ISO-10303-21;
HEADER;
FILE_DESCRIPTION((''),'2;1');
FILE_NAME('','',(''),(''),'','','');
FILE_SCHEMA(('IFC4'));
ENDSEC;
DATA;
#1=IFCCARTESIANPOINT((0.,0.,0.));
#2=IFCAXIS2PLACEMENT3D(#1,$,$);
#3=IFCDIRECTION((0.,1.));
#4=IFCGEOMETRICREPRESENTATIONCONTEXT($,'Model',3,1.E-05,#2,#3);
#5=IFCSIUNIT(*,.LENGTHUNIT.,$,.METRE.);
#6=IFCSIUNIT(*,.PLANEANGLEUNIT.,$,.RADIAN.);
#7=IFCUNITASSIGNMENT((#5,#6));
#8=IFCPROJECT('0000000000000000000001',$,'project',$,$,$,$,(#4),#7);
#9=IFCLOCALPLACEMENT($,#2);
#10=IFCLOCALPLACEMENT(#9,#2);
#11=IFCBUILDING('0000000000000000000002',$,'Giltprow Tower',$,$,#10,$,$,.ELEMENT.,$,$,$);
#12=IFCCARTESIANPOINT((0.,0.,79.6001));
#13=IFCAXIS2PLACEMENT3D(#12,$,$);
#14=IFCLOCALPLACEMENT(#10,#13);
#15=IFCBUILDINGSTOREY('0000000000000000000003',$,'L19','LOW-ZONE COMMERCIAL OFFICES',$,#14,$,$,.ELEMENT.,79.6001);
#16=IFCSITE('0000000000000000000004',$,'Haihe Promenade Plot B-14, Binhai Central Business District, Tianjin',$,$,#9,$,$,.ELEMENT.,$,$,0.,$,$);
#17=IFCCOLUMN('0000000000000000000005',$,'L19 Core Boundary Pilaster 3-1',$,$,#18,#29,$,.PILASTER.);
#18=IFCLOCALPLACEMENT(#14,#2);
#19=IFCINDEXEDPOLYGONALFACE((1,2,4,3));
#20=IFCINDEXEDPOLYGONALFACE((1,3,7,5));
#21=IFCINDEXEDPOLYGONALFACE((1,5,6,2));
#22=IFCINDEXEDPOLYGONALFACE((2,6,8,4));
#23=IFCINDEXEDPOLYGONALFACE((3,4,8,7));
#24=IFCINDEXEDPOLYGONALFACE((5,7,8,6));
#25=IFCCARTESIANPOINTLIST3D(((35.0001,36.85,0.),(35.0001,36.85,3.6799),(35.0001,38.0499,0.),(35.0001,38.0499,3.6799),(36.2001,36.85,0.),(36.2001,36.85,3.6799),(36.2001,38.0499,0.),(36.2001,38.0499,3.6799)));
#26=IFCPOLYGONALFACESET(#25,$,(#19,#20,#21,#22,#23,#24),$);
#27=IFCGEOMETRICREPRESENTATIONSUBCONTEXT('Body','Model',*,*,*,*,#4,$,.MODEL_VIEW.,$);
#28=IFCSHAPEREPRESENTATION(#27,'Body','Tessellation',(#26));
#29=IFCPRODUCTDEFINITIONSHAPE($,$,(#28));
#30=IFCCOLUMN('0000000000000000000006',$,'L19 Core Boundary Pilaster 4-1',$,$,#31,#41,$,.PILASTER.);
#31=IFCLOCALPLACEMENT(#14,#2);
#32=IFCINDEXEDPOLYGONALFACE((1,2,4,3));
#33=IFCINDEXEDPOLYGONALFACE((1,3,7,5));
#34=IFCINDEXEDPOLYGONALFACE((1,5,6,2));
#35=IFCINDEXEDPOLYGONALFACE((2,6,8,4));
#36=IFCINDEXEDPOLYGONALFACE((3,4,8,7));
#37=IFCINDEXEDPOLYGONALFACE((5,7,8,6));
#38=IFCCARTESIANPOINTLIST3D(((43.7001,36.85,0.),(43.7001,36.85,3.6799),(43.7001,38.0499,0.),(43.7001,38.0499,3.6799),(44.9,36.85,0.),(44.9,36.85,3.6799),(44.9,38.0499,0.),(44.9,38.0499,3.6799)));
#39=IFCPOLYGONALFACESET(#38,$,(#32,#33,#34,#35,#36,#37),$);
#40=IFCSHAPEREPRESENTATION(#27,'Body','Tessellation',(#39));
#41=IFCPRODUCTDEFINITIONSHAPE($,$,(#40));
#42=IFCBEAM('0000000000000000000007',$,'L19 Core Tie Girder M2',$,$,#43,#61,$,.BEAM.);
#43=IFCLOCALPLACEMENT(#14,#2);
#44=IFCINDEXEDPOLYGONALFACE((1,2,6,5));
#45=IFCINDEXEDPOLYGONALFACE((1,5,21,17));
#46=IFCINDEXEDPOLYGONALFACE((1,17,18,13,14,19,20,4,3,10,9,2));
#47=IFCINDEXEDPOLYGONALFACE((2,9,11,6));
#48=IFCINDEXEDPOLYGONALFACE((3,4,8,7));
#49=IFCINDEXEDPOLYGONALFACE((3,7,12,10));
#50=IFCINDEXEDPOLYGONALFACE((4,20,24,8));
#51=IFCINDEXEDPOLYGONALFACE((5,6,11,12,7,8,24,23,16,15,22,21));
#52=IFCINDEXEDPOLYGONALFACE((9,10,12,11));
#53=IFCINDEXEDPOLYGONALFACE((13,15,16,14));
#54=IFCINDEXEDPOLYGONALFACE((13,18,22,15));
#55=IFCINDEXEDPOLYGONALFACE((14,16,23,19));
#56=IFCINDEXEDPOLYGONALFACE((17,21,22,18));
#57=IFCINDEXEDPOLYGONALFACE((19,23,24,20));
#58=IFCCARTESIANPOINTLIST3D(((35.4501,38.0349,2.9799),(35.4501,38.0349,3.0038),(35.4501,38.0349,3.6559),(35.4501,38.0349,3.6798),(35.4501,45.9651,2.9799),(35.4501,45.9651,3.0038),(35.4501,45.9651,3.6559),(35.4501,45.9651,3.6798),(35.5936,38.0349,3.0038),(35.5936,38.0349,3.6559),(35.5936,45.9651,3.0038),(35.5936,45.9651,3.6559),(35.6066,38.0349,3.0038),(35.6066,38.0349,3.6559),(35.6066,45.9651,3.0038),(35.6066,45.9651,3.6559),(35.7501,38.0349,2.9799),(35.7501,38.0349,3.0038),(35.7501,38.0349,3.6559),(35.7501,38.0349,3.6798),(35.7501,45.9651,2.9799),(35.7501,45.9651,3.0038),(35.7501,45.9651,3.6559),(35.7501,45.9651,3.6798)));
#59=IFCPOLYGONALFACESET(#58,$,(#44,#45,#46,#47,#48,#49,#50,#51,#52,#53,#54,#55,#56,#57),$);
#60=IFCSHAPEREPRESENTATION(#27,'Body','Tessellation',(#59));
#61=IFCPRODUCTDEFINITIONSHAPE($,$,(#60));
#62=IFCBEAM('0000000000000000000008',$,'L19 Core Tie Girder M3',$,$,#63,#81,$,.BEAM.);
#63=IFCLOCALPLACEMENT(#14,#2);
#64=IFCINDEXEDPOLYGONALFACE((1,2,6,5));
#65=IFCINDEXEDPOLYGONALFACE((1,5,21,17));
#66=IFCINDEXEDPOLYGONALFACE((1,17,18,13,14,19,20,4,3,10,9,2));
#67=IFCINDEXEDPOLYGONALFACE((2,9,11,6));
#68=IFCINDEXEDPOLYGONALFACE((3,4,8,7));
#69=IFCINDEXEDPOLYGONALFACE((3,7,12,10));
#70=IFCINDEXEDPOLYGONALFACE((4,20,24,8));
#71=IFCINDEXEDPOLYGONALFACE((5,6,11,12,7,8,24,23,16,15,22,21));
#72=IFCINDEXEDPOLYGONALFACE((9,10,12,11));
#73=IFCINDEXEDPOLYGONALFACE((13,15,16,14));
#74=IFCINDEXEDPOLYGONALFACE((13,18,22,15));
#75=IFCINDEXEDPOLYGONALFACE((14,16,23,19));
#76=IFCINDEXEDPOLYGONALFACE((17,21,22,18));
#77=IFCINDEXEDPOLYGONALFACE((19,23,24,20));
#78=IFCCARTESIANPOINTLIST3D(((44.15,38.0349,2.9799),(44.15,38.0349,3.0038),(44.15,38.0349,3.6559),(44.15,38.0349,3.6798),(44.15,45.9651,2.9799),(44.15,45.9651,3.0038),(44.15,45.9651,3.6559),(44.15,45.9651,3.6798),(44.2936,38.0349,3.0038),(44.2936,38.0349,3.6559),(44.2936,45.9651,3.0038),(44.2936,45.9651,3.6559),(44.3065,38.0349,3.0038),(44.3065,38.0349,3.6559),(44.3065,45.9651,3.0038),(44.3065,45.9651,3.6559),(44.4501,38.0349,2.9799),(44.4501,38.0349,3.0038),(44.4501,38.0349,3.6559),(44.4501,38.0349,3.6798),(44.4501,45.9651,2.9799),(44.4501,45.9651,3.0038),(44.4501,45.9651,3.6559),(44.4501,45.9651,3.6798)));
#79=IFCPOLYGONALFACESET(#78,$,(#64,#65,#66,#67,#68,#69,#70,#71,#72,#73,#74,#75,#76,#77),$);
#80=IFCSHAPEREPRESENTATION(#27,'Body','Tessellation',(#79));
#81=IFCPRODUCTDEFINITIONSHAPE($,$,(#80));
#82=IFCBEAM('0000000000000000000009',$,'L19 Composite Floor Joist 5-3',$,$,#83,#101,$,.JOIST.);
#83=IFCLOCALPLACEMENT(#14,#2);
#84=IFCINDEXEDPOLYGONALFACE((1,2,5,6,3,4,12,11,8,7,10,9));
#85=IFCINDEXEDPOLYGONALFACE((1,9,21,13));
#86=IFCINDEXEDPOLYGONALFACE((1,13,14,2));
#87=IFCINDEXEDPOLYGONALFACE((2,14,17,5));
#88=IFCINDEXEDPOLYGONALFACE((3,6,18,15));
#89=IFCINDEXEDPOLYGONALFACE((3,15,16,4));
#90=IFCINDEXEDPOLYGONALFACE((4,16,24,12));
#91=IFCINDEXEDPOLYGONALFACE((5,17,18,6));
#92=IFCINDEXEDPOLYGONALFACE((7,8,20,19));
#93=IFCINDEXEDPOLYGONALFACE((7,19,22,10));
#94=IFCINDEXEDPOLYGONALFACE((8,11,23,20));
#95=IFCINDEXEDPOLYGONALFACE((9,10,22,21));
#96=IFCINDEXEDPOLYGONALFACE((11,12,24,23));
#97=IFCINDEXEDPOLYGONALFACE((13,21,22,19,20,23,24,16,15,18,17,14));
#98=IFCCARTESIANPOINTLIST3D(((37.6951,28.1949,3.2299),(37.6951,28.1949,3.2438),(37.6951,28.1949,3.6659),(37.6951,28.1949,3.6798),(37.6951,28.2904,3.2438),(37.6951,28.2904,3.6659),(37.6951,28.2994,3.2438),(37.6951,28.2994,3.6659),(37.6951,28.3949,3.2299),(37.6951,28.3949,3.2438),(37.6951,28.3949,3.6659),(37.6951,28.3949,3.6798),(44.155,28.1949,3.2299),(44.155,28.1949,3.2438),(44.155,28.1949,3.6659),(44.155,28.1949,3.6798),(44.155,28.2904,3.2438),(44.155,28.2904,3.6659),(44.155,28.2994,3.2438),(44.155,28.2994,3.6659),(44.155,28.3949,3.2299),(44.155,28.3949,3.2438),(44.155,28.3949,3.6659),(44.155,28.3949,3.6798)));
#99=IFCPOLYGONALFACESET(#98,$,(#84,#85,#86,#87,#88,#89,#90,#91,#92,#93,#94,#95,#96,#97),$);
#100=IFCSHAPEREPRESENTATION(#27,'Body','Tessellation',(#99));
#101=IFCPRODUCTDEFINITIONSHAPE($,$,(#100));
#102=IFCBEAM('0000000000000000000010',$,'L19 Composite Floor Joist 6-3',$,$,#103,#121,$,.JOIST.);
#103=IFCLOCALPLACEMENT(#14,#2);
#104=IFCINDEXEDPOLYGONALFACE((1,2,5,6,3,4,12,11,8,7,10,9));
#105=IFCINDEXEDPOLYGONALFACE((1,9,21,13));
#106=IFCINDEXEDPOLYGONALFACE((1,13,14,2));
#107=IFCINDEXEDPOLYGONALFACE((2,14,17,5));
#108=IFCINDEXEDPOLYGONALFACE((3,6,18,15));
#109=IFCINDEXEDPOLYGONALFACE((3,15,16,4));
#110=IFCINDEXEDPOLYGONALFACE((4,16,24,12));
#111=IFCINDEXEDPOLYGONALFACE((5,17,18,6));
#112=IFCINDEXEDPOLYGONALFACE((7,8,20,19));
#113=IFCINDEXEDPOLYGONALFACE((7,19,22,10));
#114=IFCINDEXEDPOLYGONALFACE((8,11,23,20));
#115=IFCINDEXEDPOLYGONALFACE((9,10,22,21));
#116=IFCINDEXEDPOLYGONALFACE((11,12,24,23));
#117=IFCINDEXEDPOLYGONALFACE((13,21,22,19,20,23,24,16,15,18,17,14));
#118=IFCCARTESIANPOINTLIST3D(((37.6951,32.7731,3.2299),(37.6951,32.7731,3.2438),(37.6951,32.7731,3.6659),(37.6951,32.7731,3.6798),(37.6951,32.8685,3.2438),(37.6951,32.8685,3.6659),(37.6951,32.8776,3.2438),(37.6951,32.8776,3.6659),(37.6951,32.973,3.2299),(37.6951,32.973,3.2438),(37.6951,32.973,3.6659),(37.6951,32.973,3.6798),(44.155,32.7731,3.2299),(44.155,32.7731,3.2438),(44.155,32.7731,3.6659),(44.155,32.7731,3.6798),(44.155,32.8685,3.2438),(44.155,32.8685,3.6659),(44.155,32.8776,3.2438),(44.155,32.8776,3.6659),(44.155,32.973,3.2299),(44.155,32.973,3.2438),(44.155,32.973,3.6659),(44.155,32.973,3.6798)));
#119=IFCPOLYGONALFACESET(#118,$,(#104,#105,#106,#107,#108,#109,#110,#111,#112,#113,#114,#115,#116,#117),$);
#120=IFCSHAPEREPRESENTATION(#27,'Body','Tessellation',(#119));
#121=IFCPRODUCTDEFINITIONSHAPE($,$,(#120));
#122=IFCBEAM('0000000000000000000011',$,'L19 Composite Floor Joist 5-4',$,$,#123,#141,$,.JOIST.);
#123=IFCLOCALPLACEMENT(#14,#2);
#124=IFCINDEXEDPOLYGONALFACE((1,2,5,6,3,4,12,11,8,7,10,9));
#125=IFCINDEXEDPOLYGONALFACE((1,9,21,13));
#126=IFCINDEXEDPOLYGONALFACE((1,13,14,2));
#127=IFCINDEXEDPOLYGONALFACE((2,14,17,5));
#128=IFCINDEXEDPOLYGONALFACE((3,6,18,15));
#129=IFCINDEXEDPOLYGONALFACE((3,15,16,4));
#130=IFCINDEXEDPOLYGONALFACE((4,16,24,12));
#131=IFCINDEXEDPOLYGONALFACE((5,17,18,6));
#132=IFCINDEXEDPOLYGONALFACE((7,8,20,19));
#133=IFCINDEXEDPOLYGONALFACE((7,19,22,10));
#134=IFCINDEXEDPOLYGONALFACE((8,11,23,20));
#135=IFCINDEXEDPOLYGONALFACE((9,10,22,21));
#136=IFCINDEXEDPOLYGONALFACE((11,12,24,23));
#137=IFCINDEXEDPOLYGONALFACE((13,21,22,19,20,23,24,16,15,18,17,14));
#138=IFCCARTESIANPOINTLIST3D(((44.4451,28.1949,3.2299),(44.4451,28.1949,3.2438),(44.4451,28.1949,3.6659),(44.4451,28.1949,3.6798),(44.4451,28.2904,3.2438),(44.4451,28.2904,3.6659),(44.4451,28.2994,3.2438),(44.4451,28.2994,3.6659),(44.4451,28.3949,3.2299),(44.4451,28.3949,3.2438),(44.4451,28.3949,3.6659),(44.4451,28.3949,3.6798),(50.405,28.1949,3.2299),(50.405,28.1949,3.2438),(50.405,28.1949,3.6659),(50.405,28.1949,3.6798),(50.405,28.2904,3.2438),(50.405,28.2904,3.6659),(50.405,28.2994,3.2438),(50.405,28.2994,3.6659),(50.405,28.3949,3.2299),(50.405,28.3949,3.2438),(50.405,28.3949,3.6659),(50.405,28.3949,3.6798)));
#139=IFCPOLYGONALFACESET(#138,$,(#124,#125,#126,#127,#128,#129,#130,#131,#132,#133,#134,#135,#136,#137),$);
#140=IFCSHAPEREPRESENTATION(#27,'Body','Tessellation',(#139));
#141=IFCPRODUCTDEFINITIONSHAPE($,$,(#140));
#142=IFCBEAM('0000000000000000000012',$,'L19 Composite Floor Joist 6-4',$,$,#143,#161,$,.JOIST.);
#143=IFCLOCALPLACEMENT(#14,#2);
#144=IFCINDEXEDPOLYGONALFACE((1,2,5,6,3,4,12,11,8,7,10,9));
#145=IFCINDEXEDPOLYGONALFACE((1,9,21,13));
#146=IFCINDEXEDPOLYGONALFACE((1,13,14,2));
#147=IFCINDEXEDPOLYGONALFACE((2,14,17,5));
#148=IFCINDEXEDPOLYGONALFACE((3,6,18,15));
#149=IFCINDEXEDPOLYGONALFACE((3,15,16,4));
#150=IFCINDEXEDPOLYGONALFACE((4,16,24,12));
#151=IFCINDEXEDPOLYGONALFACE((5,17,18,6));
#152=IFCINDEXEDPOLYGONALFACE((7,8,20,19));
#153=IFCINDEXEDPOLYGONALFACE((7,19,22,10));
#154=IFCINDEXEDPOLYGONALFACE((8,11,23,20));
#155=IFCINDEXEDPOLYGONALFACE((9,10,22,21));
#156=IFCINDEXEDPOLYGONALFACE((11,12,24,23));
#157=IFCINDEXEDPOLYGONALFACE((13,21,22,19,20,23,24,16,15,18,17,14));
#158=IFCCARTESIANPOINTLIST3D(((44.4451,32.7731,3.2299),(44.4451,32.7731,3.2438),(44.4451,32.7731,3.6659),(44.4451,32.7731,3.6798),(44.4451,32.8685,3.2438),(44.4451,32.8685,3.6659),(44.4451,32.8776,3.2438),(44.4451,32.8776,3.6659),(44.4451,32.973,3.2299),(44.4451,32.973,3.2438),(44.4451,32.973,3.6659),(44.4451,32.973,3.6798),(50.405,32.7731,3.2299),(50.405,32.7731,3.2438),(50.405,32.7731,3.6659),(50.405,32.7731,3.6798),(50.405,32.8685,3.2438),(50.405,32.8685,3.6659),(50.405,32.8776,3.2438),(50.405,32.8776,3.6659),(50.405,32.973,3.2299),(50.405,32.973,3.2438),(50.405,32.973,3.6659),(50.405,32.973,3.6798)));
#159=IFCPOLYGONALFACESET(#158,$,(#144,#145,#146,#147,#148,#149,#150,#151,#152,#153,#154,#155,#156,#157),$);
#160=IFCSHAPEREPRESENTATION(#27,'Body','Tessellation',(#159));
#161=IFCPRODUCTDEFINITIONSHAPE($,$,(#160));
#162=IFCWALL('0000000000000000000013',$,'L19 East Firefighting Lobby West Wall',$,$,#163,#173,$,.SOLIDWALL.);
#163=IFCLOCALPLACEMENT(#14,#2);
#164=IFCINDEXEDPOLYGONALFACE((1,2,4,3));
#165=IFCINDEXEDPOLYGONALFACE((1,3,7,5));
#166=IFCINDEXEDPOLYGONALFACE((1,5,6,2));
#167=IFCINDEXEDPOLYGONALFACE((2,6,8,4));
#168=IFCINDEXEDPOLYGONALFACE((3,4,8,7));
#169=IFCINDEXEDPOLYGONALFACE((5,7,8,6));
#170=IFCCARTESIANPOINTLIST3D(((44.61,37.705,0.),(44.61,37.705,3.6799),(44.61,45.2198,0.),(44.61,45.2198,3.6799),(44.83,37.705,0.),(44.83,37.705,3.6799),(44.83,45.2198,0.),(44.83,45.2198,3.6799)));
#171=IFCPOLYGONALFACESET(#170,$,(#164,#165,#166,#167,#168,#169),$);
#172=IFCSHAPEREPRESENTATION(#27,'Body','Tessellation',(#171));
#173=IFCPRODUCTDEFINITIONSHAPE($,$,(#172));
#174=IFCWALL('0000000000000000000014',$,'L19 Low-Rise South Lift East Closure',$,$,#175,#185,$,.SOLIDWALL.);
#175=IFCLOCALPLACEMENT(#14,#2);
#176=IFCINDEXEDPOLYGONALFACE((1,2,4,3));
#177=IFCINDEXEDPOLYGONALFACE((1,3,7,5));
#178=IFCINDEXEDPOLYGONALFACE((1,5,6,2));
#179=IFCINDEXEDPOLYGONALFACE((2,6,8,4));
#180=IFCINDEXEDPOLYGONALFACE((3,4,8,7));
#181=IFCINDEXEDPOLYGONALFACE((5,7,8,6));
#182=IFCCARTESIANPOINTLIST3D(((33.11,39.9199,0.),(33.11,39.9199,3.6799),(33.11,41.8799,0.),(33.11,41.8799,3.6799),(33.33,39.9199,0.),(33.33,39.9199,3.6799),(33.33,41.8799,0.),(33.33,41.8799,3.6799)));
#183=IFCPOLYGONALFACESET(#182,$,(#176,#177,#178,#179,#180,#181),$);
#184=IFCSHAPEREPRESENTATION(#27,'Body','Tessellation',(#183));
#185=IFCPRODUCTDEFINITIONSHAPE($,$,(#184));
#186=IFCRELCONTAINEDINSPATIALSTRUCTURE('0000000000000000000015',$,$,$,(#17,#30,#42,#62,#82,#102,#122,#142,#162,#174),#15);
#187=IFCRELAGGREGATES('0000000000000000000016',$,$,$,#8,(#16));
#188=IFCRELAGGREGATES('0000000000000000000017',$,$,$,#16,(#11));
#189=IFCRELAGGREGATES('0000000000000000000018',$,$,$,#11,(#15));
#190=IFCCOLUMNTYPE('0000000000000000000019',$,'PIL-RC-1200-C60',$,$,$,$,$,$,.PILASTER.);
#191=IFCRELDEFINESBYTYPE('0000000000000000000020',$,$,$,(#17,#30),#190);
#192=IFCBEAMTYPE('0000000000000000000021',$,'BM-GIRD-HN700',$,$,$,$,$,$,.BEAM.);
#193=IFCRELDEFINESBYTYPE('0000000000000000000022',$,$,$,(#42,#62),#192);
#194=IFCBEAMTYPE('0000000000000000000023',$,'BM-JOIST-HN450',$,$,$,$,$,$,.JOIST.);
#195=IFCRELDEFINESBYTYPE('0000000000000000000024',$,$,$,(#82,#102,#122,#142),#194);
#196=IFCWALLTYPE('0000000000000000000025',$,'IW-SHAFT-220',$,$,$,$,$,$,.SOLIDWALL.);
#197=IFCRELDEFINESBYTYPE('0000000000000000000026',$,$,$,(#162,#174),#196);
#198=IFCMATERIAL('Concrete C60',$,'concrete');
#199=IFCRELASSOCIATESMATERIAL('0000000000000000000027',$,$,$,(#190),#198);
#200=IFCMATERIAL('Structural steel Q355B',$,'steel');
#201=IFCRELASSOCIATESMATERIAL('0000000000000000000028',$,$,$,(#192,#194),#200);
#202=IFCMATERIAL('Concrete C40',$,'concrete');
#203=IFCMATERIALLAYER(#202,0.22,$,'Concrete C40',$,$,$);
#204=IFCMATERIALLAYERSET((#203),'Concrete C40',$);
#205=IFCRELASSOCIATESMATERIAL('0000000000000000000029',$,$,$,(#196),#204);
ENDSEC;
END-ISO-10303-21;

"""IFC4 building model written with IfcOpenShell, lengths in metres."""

from ifc_helpers import new_model, si_unit, direction, frame, frame_2d, origin, origin_2d, place, context, subcontext, project, spatial, rectangle, i_section, extrude, source, transform, mapped, material, layer, layer_set, material_profile, profile_set, type_object, element, save


model = new_model("IFC4")

# Units and contexts
model_context = context("Model", 3, precision=1e-05, world=origin(), true_north=direction((0.0, 1.0)))
body_context = subcontext(model_context, "Body", "Model", "MODEL_VIEW")
ifc_project = project(units=[si_unit("LENGTHUNIT", "METRE"), si_unit("PLANEANGLEUNIT", "RADIAN")], contexts=[model_context])

# Site, building, storey
site_placement = place(None, origin())
site = spatial("IfcSite", under=ifc_project, at=site_placement, Name="Haihe Promenade Plot B-14, Binhai Central Business District, Tianjin", CompositionType="ELEMENT", RefElevation=0.0)
building_placement = place(site_placement, origin())
building = spatial("IfcBuilding", under=site, at=building_placement, Name="Giltprow Tower", CompositionType="ELEMENT")
storey_placement = place(building_placement, frame((0.0, 0.0, 79.6001)))
storey = spatial("IfcBuildingStorey", under=building, at=storey_placement, Name="L19", Description="LOW-ZONE COMMERCIAL OFFICES", CompositionType="ELEMENT", Elevation=79.6001)

# Columns
ifc_material_1 = material(Name="Concrete C60", Category="concrete")
ifc_material_profile_1 = material_profile(ifc_material_1, rectangle(XDim=1.2, YDim=1.2, at=origin_2d()), Name="RC 1200x1200")
ifc_profile_set_1 = profile_set([ifc_material_profile_1], Name="Concrete C60")
column_type = type_object("IfcColumnType", Name="PIL-RC-1200-C60", PredefinedType="PILASTER", material=ifc_profile_set_1)
shared_shape_1 = source(origin(), body_context, "Body", "SweptSolid", [
    extrude(rectangle(XDim=1.2, YDim=1.2, at=origin_2d()), origin(), (0.0, 0.0, 1.0), 3.6799),
])
for number, where, z_axis, x_axis, name in (
    (1, (35.6001, 37.45, 0.0), (0.0, 0.0, 1.0), (1.0, 0.0, 0.0), "L19 Core Boundary Pilaster 3-1"),
    (2, (44.3, 37.45, 0.0), (0.0, 0.0, 1.0), (1.0, 0.0, 0.0), "L19 Core Boundary Pilaster 4-1"),
):
    element("IfcColumn", number, at=place(storey_placement, frame(where, z_axis=z_axis, x_axis=x_axis)), inside=storey, type_object=column_type, Name=name, PredefinedType="PILASTER", context=body_context, shape_type="MappedRepresentation", body=[
        mapped(shared_shape_1, transform((0.0, 0.0, 0.0), x_axis=(1.0, 0.0, 0.0), y_axis=(0.0, 1.0, 0.0), z_axis=(0.0, 0.0, 1.0), scale=1.0)),
    ])

# Beams
ifc_material_2 = material(Name="Structural steel Q355B", Category="steel")
ifc_material_profile_2 = material_profile(ifc_material_2, i_section(OverallWidth=0.3, OverallDepth=0.7, WebThickness=0.0129, FlangeThickness=0.0239, at=origin_2d()), Name="HN 700x300x13x24")
ifc_profile_set_2 = profile_set([ifc_material_profile_2], Name="Structural steel Q355B")
beam_type_1 = type_object("IfcBeamType", Name="BM-GIRD-HN700", PredefinedType="BEAM", material=ifc_profile_set_2)
shared_shape_2 = source(origin(), body_context, "Body", "SweptSolid", [
    extrude(i_section(OverallWidth=0.3, OverallDepth=0.7, WebThickness=0.0129, FlangeThickness=0.0239, at=origin_2d()), origin(), (0.0, 0.0, 1.0), 7.9302),
])
for number, where, z_axis, x_axis, name in (
    (3, (35.6001, 38.0349, 3.3298), (0.0, 1.0, 0.0), (-1.0, 0.0, 0.0), "L19 Core Tie Girder M2"),
    (4, (44.3, 38.0349, 3.3298), (0.0, 1.0, 0.0), (-1.0, 0.0, 0.0), "L19 Core Tie Girder M3"),
):
    element("IfcBeam", number, at=place(storey_placement, frame(where, z_axis=z_axis, x_axis=x_axis)), inside=storey, type_object=beam_type_1, Name=name, PredefinedType="BEAM", context=body_context, shape_type="MappedRepresentation", body=[
        mapped(shared_shape_2, transform((0.0, 0.0, 0.0), x_axis=(1.0, 0.0, 0.0), y_axis=(0.0, 1.0, 0.0), z_axis=(0.0, 0.0, 1.0), scale=1.0)),
    ])
ifc_material_profile_3 = material_profile(ifc_material_2, i_section(OverallWidth=0.2, OverallDepth=0.45, WebThickness=0.009, FlangeThickness=0.0139, at=origin_2d()), Name="HN 450x200x9x14")
ifc_profile_set_3 = profile_set([ifc_material_profile_3], Name="Structural steel Q355B")
beam_type_2 = type_object("IfcBeamType", Name="BM-JOIST-HN450", PredefinedType="JOIST", material=ifc_profile_set_3)
shared_shape_3 = source(origin(), body_context, "Body", "SweptSolid", [
    extrude(i_section(OverallWidth=0.2, OverallDepth=0.45, WebThickness=0.009, FlangeThickness=0.0139, at=origin_2d()), origin(), (0.0, 0.0, 1.0), 6.46),
])
for number, where, z_axis, x_axis, name in (
    (5, (37.6951, 28.2949, 3.4548), (1.0, 0.0, 0.0), (0.0, 1.0, 0.0), "L19 Composite Floor Joist 5-3"),
    (6, (37.6951, 32.873, 3.4548), (1.0, 0.0, 0.0), (0.0, 1.0, 0.0), "L19 Composite Floor Joist 6-3"),
):
    element("IfcBeam", number, at=place(storey_placement, frame(where, z_axis=z_axis, x_axis=x_axis)), inside=storey, type_object=beam_type_2, Name=name, PredefinedType="JOIST", context=body_context, shape_type="MappedRepresentation", body=[
        mapped(shared_shape_3, transform((0.0, 0.0, 0.0), x_axis=(1.0, 0.0, 0.0), y_axis=(0.0, 1.0, 0.0), z_axis=(0.0, 0.0, 1.0), scale=1.0)),
    ])
shared_shape_4 = source(origin(), body_context, "Body", "SweptSolid", [
    extrude(i_section(OverallWidth=0.2, OverallDepth=0.45, WebThickness=0.009, FlangeThickness=0.0139, at=origin_2d()), origin(), (0.0, 0.0, 1.0), 5.96),
])
for number, where, z_axis, x_axis, name in (
    (7, (44.4451, 28.2949, 3.4548), (1.0, 0.0, 0.0), (0.0, 1.0, 0.0), "L19 Composite Floor Joist 5-4"),
    (8, (44.4451, 32.873, 3.4548), (1.0, 0.0, 0.0), (0.0, 1.0, 0.0), "L19 Composite Floor Joist 6-4"),
):
    element("IfcBeam", number, at=place(storey_placement, frame(where, z_axis=z_axis, x_axis=x_axis)), inside=storey, type_object=beam_type_2, Name=name, PredefinedType="JOIST", context=body_context, shape_type="MappedRepresentation", body=[
        mapped(shared_shape_4, transform((0.0, 0.0, 0.0), x_axis=(1.0, 0.0, 0.0), y_axis=(0.0, 1.0, 0.0), z_axis=(0.0, 0.0, 1.0), scale=1.0)),
    ])

# Walls
ifc_material_3 = material(Name="Concrete C40", Category="concrete")
ifc_layer_1 = layer(ifc_material_3, 0.22, Name="Concrete C40")
ifc_layer_set_1 = layer_set([ifc_layer_1], Name="Concrete C40")
wall_type_1 = type_object("IfcWallType", Name="IW-SHAFT-220", PredefinedType="SOLIDWALL", material=ifc_layer_set_1)
wall_1_placement = place(storey_placement, frame((44.72, 37.7051, 0.0), z_axis=(0.0, 0.0, 1.0), x_axis=(0.0, 1.0, 0.0)))
element("IfcWall", 9, at=wall_1_placement, inside=storey, type_object=wall_type_1, Name="L19 East Firefighting Lobby West Wall", PredefinedType="SOLIDWALL", context=body_context, shape_type="SweptSolid", body=[
    extrude(rectangle(XDim=7.5149, YDim=0.22, at=frame_2d((3.7573, 0.0))), origin(), (0.0, 0.0, 1.0), 3.6799),
])
wall_2_placement = place(storey_placement, frame((33.22, 39.9199, 0.0), z_axis=(0.0, 0.0, 1.0), x_axis=(0.0, 1.0, 0.0)))
element("IfcWall", 10, at=wall_2_placement, inside=storey, type_object=wall_type_1, Name="L19 Low-Rise South Lift East Closure", PredefinedType="SOLIDWALL", context=body_context, shape_type="SweptSolid", body=[
    extrude(rectangle(XDim=1.96, YDim=0.22, at=frame_2d((0.98, 0.0))), origin(), (0.0, 0.0, 1.0), 3.6799),
])

save(model, "model.ifc")
